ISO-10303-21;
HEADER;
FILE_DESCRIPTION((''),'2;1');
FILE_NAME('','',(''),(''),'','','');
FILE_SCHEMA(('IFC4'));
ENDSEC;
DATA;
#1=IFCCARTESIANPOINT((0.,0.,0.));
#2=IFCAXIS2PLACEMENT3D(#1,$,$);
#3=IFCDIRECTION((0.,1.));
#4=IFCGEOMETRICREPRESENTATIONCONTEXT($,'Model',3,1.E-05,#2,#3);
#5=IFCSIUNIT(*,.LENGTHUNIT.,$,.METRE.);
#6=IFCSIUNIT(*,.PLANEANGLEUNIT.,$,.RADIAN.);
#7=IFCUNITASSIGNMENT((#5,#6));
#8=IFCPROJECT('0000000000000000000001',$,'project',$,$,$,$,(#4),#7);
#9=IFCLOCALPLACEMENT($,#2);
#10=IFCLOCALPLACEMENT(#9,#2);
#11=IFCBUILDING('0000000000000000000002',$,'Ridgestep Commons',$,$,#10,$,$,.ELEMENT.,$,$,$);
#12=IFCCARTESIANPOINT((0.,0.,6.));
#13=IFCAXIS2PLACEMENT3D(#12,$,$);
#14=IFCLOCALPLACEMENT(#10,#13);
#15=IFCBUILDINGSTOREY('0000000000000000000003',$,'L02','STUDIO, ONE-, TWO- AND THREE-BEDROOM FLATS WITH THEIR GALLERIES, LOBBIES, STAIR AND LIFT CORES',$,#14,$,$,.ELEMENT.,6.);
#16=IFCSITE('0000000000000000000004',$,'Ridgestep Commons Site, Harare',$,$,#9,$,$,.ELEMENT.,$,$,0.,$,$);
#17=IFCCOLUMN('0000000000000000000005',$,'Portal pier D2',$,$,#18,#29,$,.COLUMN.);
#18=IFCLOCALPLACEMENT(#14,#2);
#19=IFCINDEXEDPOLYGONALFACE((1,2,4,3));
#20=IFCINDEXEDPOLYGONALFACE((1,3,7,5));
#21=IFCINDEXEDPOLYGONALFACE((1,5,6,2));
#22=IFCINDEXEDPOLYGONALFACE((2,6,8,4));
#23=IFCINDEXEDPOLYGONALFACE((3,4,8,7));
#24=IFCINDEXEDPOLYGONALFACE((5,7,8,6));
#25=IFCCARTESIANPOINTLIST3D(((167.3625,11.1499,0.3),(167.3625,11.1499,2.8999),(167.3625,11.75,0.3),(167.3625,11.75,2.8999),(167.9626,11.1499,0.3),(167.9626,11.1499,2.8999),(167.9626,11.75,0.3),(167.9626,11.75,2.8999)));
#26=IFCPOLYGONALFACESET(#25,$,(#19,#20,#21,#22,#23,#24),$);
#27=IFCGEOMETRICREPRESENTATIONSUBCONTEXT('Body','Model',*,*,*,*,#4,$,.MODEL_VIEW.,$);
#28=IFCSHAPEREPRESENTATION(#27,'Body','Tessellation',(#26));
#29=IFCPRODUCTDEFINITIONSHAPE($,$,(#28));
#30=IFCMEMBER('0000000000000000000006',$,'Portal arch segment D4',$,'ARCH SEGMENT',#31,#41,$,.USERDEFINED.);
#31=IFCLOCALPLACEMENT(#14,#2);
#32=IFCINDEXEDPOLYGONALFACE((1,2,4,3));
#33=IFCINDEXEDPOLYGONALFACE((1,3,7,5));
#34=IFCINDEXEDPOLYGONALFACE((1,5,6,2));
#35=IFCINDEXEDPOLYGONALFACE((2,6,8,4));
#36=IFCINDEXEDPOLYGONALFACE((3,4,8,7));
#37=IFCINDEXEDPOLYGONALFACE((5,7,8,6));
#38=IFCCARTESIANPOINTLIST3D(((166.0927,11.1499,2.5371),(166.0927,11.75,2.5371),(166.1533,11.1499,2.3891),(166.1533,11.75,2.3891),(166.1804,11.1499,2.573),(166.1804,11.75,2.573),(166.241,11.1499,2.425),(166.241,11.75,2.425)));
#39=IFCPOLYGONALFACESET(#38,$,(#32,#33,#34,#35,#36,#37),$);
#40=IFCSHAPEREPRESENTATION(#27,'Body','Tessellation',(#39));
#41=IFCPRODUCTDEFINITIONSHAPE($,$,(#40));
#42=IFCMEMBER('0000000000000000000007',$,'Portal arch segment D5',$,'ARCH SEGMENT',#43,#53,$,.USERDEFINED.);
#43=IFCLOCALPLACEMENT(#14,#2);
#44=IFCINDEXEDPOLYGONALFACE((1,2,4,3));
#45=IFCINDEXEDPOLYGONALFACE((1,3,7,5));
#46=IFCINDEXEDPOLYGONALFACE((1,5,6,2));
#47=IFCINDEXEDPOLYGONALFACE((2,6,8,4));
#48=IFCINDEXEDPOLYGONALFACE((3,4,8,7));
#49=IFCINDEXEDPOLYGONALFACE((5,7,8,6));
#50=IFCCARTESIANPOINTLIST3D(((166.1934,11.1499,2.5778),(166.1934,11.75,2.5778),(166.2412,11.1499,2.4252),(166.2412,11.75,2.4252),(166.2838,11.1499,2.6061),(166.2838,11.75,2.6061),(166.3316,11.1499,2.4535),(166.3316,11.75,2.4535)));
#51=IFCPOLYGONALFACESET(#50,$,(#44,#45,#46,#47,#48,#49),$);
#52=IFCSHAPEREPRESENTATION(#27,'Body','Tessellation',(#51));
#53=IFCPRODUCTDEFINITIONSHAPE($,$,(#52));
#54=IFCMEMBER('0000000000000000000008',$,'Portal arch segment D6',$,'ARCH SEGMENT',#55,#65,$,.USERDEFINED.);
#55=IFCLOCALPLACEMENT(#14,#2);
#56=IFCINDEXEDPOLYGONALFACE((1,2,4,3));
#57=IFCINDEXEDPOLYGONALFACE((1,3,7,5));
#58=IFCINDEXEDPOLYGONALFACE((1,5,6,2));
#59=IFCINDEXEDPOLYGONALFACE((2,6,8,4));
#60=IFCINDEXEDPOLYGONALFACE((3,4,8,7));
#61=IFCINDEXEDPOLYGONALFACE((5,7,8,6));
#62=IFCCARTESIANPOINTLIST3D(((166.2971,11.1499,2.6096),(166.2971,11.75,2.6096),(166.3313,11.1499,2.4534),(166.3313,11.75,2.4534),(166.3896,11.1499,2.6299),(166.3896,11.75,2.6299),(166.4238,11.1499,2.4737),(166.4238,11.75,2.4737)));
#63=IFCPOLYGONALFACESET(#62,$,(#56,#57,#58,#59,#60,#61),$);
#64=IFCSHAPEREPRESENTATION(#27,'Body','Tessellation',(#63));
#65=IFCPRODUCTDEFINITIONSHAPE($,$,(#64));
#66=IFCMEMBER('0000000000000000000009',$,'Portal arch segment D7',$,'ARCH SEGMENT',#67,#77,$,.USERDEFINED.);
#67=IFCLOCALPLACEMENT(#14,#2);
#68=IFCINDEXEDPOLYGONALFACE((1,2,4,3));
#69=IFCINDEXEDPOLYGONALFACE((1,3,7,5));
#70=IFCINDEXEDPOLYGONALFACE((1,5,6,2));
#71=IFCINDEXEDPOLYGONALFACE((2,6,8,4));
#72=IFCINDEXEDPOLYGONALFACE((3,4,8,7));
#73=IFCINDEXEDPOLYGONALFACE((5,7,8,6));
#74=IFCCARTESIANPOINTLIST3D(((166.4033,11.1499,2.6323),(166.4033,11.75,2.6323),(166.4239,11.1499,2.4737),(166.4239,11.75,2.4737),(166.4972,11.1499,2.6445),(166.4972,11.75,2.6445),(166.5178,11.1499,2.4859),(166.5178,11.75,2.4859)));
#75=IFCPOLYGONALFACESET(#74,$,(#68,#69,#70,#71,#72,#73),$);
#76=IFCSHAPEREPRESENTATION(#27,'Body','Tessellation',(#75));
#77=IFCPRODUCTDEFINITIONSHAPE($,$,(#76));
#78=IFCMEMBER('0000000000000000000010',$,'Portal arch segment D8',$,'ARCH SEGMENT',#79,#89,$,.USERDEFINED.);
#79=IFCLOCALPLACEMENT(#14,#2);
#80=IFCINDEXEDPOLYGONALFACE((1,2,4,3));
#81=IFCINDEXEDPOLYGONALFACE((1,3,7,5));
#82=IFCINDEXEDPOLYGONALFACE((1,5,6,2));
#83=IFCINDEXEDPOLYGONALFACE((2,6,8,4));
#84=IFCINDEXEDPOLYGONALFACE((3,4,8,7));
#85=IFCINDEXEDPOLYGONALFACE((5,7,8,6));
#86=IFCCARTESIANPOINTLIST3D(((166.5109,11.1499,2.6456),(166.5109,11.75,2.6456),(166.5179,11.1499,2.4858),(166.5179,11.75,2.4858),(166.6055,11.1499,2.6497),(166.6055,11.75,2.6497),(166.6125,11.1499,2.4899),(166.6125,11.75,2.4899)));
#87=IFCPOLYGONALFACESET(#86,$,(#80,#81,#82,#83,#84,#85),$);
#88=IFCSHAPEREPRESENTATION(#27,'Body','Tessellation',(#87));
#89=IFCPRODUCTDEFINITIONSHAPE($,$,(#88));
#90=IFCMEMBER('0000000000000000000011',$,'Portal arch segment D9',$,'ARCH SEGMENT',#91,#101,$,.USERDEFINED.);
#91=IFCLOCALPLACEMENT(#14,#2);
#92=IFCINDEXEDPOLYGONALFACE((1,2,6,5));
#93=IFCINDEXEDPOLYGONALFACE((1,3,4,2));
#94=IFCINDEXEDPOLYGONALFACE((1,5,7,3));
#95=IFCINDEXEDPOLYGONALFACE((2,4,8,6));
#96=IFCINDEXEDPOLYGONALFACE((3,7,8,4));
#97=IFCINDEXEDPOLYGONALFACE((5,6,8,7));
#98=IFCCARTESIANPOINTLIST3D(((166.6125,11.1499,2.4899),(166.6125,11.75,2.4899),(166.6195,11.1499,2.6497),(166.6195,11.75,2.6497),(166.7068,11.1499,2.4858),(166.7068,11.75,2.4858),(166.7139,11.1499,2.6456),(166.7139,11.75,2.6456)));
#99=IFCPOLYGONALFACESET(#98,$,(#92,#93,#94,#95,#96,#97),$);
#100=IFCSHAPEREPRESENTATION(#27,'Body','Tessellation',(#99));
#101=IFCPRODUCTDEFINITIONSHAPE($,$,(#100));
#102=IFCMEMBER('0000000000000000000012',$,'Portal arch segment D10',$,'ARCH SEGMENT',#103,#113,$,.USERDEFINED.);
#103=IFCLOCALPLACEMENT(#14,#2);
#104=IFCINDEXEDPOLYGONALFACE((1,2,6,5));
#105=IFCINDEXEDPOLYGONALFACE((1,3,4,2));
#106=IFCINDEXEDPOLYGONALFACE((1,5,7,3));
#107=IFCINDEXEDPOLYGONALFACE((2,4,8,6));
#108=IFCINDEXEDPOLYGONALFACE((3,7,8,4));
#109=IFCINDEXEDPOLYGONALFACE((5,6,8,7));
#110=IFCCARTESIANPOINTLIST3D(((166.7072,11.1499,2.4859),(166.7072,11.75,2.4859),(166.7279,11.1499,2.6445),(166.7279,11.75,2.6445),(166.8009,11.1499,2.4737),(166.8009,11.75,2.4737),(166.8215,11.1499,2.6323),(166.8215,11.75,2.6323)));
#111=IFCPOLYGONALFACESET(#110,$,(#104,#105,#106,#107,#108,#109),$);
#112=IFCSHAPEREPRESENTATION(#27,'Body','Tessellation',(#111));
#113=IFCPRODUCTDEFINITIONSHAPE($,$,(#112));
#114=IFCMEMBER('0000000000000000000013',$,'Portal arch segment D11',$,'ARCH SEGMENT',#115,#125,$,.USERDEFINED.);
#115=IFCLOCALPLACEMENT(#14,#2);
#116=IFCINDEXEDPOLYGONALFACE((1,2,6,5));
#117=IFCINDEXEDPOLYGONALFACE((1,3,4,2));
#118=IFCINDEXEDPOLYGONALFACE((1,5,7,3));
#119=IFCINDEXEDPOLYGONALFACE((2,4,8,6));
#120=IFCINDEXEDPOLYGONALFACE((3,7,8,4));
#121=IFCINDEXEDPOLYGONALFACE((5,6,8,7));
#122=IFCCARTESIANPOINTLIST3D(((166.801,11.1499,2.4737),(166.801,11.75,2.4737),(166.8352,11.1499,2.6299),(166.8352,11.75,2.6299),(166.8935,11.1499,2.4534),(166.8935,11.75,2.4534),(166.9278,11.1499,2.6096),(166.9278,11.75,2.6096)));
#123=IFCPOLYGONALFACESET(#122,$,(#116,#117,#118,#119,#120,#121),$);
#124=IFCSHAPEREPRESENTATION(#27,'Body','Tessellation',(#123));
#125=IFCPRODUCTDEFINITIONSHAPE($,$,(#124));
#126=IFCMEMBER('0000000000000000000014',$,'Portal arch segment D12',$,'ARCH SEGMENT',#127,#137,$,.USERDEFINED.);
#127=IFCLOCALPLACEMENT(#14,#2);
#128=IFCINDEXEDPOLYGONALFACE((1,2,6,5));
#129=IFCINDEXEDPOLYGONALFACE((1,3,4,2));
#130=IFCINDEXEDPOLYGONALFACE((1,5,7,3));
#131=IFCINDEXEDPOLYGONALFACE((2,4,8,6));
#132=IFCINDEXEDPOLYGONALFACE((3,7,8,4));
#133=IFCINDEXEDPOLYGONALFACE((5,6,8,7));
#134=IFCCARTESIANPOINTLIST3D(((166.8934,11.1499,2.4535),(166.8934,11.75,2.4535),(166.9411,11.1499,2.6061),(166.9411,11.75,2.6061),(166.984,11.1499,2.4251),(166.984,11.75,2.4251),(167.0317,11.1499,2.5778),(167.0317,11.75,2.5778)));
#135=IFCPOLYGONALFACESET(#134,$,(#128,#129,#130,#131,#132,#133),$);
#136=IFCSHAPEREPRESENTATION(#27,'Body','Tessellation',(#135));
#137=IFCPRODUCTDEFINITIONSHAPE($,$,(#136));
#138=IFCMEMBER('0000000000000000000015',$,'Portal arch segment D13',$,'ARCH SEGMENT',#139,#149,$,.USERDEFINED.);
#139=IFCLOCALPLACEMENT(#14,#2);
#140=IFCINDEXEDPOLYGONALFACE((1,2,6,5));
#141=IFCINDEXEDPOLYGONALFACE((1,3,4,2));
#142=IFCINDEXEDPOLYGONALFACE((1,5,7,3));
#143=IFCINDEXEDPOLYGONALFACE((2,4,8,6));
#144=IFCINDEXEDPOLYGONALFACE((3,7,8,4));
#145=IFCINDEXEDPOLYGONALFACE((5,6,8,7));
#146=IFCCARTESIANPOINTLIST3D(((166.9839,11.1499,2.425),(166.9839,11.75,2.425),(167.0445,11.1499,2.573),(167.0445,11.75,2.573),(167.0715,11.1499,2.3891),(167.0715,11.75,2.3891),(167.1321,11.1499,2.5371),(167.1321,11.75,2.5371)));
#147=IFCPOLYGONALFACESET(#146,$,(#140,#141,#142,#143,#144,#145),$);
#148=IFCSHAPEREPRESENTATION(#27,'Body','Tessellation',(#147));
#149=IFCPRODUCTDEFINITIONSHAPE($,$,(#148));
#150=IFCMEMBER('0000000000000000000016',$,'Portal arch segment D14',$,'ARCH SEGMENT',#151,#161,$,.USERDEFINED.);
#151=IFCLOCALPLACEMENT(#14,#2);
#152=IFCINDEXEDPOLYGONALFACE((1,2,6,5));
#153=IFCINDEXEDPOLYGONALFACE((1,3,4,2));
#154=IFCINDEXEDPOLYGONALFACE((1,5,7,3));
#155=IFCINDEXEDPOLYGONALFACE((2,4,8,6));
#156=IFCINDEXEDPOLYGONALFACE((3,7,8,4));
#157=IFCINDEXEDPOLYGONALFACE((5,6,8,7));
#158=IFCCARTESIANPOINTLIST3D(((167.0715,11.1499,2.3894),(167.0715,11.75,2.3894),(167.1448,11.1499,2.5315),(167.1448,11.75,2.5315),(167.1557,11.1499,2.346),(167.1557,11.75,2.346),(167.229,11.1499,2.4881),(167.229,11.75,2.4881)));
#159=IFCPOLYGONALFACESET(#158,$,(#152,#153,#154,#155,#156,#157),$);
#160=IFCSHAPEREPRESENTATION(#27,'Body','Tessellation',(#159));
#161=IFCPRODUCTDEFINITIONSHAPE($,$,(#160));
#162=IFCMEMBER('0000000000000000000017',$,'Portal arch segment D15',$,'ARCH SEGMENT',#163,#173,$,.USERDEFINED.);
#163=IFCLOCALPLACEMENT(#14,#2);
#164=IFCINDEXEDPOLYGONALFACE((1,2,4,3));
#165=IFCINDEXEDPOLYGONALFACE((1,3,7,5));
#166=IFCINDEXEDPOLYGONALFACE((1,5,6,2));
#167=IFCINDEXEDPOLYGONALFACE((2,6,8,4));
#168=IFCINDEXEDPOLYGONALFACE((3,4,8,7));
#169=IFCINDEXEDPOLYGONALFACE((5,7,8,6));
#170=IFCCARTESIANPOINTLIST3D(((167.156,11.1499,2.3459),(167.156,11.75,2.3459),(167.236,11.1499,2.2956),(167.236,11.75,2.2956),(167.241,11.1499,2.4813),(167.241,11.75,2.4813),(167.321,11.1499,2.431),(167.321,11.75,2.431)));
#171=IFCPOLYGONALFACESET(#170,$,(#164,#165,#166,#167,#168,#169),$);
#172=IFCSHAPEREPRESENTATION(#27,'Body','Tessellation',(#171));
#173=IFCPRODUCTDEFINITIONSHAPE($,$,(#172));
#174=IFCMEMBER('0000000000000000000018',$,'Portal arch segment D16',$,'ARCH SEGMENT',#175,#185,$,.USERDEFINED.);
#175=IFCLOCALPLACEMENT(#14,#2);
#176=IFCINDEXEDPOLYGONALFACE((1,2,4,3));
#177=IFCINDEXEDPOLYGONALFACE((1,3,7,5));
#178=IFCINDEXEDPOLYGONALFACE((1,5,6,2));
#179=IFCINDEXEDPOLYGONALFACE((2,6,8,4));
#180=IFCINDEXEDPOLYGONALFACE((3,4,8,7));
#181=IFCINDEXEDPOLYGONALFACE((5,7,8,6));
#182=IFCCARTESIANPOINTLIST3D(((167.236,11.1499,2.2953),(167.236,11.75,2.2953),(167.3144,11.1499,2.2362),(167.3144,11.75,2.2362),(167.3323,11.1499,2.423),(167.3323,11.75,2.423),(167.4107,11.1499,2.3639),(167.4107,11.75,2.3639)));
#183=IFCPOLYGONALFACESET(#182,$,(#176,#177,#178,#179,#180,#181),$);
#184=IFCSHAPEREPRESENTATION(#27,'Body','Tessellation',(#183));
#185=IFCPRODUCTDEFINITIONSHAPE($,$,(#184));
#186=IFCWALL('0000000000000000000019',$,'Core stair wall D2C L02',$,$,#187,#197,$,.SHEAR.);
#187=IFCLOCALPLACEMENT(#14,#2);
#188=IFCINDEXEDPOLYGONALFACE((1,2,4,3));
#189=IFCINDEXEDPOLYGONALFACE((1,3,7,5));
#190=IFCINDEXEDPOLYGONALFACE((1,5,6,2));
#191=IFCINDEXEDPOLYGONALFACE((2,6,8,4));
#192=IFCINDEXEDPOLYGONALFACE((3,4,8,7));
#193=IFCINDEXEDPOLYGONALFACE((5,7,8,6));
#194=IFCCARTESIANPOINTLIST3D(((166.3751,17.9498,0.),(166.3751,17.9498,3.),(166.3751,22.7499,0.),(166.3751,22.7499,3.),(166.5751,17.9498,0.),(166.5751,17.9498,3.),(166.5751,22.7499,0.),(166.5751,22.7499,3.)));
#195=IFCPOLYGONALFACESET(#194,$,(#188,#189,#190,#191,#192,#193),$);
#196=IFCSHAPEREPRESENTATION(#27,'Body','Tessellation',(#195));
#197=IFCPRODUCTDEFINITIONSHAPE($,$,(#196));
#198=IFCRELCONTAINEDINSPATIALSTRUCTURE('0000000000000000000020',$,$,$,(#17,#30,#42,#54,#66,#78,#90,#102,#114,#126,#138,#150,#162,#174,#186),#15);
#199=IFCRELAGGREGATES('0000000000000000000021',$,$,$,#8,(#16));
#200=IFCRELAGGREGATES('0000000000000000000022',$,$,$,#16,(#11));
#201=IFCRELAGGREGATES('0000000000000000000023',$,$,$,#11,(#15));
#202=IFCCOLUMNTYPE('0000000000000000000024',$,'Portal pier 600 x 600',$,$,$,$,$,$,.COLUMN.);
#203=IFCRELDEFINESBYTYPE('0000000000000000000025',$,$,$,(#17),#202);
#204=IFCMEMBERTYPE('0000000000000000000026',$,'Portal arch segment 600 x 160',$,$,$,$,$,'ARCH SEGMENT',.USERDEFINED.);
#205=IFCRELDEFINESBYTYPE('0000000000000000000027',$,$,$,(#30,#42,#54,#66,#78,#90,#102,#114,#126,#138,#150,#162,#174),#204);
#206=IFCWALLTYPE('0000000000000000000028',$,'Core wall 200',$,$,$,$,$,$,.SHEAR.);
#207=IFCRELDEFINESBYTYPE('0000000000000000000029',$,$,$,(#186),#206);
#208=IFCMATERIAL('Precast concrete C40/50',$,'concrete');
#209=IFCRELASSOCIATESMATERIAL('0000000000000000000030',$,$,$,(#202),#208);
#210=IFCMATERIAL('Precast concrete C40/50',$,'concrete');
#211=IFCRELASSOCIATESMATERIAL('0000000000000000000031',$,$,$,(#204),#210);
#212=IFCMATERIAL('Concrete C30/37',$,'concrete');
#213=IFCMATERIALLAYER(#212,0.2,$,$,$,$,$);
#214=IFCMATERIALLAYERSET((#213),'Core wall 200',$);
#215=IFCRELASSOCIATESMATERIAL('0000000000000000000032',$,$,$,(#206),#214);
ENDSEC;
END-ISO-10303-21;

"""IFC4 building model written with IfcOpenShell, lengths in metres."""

from ifc_helpers import new_model, si_unit, direction, frame, frame_2d, origin, origin_2d, place, context, subcontext, project, spatial, rectangle, extrude, material, layer, layer_set, material_profile, profile_set, type_object, element, save


model = new_model("IFC4")

# Units and contexts
model_context = context("Model", 3, precision=1e-05, world=origin(), true_north=direction((0.0, 1.0)))
body_context = subcontext(model_context, "Body", "Model", "MODEL_VIEW")
ifc_project = project(units=[si_unit("LENGTHUNIT", "METRE"), si_unit("PLANEANGLEUNIT", "RADIAN")], contexts=[model_context])

# Site, building, storey
site_placement = place(None, origin())
site = spatial("IfcSite", under=ifc_project, at=site_placement, Name="Ridgestep Commons Site, Harare", CompositionType="ELEMENT", RefElevation=0.0)
building_placement = place(site_placement, origin())
building = spatial("IfcBuilding", under=site, at=building_placement, Name="Ridgestep Commons", CompositionType="ELEMENT")
storey_placement = place(building_placement, frame((0.0, 0.0, 6.0)))
storey = spatial("IfcBuildingStorey", under=building, at=storey_placement, Name="L02", Description="STUDIO, ONE-, TWO- AND THREE-BEDROOM FLATS WITH THEIR GALLERIES, LOBBIES, STAIR AND LIFT CORES", CompositionType="ELEMENT", Elevation=6.0)

# Column
ifc_material_1 = material(Name="Precast concrete C40/50", Category="concrete")
ifc_material_profile_1 = material_profile(ifc_material_1, rectangle(XDim=0.6001, YDim=0.6001, at=origin_2d()), Name="PC 600x600")
ifc_profile_set_1 = profile_set([ifc_material_profile_1], Name="Precast concrete C40/50")
column_type = type_object("IfcColumnType", Name="Portal pier 600 x 600", PredefinedType="COLUMN", material=ifc_profile_set_1)
column_placement = place(storey_placement, frame((167.6626, 11.45, 0.3), z_axis=(0.0, 0.0, 1.0), x_axis=(1.0, 0.0, 0.0)))
element("IfcColumn", 1, at=column_placement, inside=storey, type_object=column_type, Name="Portal pier D2", PredefinedType="COLUMN", context=body_context, shape_type="SweptSolid", body=[
    extrude(rectangle(XDim=0.6001, YDim=0.6001, at=origin_2d()), origin(), (0.0, 0.0, 1.0), 2.5999),
])

# Members
ifc_material_2 = material(Name="Precast concrete C40/50", Category="concrete")
ifc_material_profile_2 = material_profile(ifc_material_2, rectangle(XDim=0.6001, YDim=0.1599, at=origin_2d()), Name="Portal arch segment 600 x 160")
ifc_profile_set_2 = profile_set([ifc_material_profile_2], Name="Precast concrete C40/50")
member_type = type_object("IfcMemberType", Name="Portal arch segment 600 x 160", ElementType="ARCH SEGMENT", PredefinedType="USERDEFINED", material=ifc_profile_set_2)
for number, where, z_axis, x_axis, name in (
    (2, (166.123, 11.45, 2.4631), (0.925424, 0.0, 0.378934), (0.0, 1.0, 0.0), "Portal arch segment D4"),
    (3, (166.2173, 11.45, 2.5015), (0.954204, 0.0, 0.299156), (0.0, 1.0, 0.0), "Portal arch segment D5"),
    (4, (166.3142, 11.45, 2.5315), (0.97685, 0.0, 0.213927), (0.0, 1.0, 0.0), "Portal arch segment D6"),
    (5, (166.4136, 11.45, 2.553), (0.991672, 0.0, 0.128789), (0.0, 1.0, 0.0), "Portal arch segment D7"),
    (6, (166.5144, 11.45, 2.5657), (0.999042, 0.0, 0.043772), (0.0, 1.0, 0.0), "Portal arch segment D8"),
):
    element("IfcMember", number, at=place(storey_placement, frame(where, z_axis=z_axis, x_axis=x_axis)), inside=storey, type_object=member_type, Name=name, ObjectType="ARCH SEGMENT", PredefinedType="USERDEFINED", context=body_context, shape_type="SweptSolid", body=[
        extrude(rectangle(XDim=0.6001, YDim=0.1599, at=origin_2d()), origin(), (0.0, 0.0, 1.0), 0.0947),
    ])
for number, where, z_axis, x_axis, name in (
    (7, (166.616, 11.45, 2.5698), (0.999037, 0.0, -0.043885), (0.0, 1.0, 0.0), "Portal arch segment D9"),
    (8, (166.7175, 11.45, 2.5652), (0.991629, 0.0, -0.129118), (0.0, 1.0, 0.0), "Portal arch segment D10"),
):
    element("IfcMember", number, at=place(storey_placement, frame(where, z_axis=z_axis, x_axis=x_axis)), inside=storey, type_object=member_type, Name=name, ObjectType="ARCH SEGMENT", PredefinedType="USERDEFINED", context=body_context, shape_type="SweptSolid", body=[
        extrude(rectangle(XDim=0.6001, YDim=0.1599, at=origin_2d()), origin(), (0.0, 0.0, 1.0), 0.0945),
    ])
member_1_placement = place(storey_placement, frame((166.8181, 11.45, 2.5518), z_axis=(0.97685, 0.0, -0.213927), x_axis=(0.0, 1.0, 0.0)))
element("IfcMember", 9, at=member_1_placement, inside=storey, type_object=member_type, Name="Portal arch segment D11", ObjectType="ARCH SEGMENT", PredefinedType="USERDEFINED", context=body_context, shape_type="SweptSolid", body=[
    extrude(rectangle(XDim=0.6001, YDim=0.1599, at=origin_2d()), origin(), (0.0, 0.0, 1.0), 0.0947),
])
member_2_placement = place(storey_placement, frame((166.9172, 11.45, 2.5298), z_axis=(0.954434, 0.0, -0.298421), x_axis=(0.0, 1.0, 0.0)))
element("IfcMember", 10, at=member_2_placement, inside=storey, type_object=member_type, Name="Portal arch segment D12", ObjectType="ARCH SEGMENT", PredefinedType="USERDEFINED", context=body_context, shape_type="SweptSolid", body=[
    extrude(rectangle(XDim=0.6001, YDim=0.1599, at=origin_2d()), origin(), (0.0, 0.0, 1.0), 0.095),
])
for number, where, z_axis, x_axis, name in (
    (11, (167.0142, 11.45, 2.499), (0.925424, 0.0, -0.378934), (0.0, 1.0, 0.0), "Portal arch segment D13"),
    (12, (167.1082, 11.45, 2.4604), (0.888688, 0.0, -0.458512), (0.0, 1.0, 0.0), "Portal arch segment D14"),
):
    element("IfcMember", number, at=place(storey_placement, frame(where, z_axis=z_axis, x_axis=x_axis)), inside=storey, type_object=member_type, Name=name, ObjectType="ARCH SEGMENT", PredefinedType="USERDEFINED", context=body_context, shape_type="SweptSolid", body=[
        extrude(rectangle(XDim=0.6001, YDim=0.1599, at=origin_2d()), origin(), (0.0, 0.0, 1.0), 0.0947),
    ])
member_3_placement = place(storey_placement, frame((167.1985, 11.45, 2.4136), z_axis=(0.846836, 0.0, -0.531854), x_axis=(0.0, 1.0, 0.0)))
element("IfcMember", 13, at=member_3_placement, inside=storey, type_object=member_type, Name="Portal arch segment D15", ObjectType="ARCH SEGMENT", PredefinedType="USERDEFINED", context=body_context, shape_type="SweptSolid", body=[
    extrude(rectangle(XDim=0.6001, YDim=0.1599, at=origin_2d()), origin(), (0.0, 0.0, 1.0), 0.0945),
])
member_4_placement = place(storey_placement, frame((167.2842, 11.45, 2.3591), z_axis=(0.798505, 0.0, -0.601988), x_axis=(0.0, 1.0, 0.0)))
element("IfcMember", 14, at=member_4_placement, inside=storey, type_object=member_type, Name="Portal arch segment D16", ObjectType="ARCH SEGMENT", PredefinedType="USERDEFINED", context=body_context, shape_type="SweptSolid", body=[
    extrude(rectangle(XDim=0.6001, YDim=0.1599, at=origin_2d()), origin(), (0.0, 0.0, 1.0), 0.0981),
])

# Wall
ifc_material_3 = material(Name="Concrete C30/37", Category="concrete")
ifc_layer = layer(ifc_material_3, 0.2)
ifc_layer_set = layer_set([ifc_layer], Name="Core wall 200")
wall_type = type_object("IfcWallType", Name="Core wall 200", PredefinedType="SHEAR", material=ifc_layer_set)
wall_placement = place(storey_placement, frame((166.4751, 17.95, 0.0), z_axis=(0.0, 0.0, 1.0), x_axis=(0.0, 1.0, 0.0)))
element("IfcWall", 15, at=wall_placement, inside=storey, type_object=wall_type, Name="Core stair wall D2C L02", PredefinedType="SHEAR", context=body_context, shape_type="SweptSolid", body=[
    extrude(rectangle(XDim=4.8, YDim=0.2, at=frame_2d((2.3999, 0.0))), origin(), (0.0, 0.0, 1.0), 3.0),
])

save(model, "model.ifc")
